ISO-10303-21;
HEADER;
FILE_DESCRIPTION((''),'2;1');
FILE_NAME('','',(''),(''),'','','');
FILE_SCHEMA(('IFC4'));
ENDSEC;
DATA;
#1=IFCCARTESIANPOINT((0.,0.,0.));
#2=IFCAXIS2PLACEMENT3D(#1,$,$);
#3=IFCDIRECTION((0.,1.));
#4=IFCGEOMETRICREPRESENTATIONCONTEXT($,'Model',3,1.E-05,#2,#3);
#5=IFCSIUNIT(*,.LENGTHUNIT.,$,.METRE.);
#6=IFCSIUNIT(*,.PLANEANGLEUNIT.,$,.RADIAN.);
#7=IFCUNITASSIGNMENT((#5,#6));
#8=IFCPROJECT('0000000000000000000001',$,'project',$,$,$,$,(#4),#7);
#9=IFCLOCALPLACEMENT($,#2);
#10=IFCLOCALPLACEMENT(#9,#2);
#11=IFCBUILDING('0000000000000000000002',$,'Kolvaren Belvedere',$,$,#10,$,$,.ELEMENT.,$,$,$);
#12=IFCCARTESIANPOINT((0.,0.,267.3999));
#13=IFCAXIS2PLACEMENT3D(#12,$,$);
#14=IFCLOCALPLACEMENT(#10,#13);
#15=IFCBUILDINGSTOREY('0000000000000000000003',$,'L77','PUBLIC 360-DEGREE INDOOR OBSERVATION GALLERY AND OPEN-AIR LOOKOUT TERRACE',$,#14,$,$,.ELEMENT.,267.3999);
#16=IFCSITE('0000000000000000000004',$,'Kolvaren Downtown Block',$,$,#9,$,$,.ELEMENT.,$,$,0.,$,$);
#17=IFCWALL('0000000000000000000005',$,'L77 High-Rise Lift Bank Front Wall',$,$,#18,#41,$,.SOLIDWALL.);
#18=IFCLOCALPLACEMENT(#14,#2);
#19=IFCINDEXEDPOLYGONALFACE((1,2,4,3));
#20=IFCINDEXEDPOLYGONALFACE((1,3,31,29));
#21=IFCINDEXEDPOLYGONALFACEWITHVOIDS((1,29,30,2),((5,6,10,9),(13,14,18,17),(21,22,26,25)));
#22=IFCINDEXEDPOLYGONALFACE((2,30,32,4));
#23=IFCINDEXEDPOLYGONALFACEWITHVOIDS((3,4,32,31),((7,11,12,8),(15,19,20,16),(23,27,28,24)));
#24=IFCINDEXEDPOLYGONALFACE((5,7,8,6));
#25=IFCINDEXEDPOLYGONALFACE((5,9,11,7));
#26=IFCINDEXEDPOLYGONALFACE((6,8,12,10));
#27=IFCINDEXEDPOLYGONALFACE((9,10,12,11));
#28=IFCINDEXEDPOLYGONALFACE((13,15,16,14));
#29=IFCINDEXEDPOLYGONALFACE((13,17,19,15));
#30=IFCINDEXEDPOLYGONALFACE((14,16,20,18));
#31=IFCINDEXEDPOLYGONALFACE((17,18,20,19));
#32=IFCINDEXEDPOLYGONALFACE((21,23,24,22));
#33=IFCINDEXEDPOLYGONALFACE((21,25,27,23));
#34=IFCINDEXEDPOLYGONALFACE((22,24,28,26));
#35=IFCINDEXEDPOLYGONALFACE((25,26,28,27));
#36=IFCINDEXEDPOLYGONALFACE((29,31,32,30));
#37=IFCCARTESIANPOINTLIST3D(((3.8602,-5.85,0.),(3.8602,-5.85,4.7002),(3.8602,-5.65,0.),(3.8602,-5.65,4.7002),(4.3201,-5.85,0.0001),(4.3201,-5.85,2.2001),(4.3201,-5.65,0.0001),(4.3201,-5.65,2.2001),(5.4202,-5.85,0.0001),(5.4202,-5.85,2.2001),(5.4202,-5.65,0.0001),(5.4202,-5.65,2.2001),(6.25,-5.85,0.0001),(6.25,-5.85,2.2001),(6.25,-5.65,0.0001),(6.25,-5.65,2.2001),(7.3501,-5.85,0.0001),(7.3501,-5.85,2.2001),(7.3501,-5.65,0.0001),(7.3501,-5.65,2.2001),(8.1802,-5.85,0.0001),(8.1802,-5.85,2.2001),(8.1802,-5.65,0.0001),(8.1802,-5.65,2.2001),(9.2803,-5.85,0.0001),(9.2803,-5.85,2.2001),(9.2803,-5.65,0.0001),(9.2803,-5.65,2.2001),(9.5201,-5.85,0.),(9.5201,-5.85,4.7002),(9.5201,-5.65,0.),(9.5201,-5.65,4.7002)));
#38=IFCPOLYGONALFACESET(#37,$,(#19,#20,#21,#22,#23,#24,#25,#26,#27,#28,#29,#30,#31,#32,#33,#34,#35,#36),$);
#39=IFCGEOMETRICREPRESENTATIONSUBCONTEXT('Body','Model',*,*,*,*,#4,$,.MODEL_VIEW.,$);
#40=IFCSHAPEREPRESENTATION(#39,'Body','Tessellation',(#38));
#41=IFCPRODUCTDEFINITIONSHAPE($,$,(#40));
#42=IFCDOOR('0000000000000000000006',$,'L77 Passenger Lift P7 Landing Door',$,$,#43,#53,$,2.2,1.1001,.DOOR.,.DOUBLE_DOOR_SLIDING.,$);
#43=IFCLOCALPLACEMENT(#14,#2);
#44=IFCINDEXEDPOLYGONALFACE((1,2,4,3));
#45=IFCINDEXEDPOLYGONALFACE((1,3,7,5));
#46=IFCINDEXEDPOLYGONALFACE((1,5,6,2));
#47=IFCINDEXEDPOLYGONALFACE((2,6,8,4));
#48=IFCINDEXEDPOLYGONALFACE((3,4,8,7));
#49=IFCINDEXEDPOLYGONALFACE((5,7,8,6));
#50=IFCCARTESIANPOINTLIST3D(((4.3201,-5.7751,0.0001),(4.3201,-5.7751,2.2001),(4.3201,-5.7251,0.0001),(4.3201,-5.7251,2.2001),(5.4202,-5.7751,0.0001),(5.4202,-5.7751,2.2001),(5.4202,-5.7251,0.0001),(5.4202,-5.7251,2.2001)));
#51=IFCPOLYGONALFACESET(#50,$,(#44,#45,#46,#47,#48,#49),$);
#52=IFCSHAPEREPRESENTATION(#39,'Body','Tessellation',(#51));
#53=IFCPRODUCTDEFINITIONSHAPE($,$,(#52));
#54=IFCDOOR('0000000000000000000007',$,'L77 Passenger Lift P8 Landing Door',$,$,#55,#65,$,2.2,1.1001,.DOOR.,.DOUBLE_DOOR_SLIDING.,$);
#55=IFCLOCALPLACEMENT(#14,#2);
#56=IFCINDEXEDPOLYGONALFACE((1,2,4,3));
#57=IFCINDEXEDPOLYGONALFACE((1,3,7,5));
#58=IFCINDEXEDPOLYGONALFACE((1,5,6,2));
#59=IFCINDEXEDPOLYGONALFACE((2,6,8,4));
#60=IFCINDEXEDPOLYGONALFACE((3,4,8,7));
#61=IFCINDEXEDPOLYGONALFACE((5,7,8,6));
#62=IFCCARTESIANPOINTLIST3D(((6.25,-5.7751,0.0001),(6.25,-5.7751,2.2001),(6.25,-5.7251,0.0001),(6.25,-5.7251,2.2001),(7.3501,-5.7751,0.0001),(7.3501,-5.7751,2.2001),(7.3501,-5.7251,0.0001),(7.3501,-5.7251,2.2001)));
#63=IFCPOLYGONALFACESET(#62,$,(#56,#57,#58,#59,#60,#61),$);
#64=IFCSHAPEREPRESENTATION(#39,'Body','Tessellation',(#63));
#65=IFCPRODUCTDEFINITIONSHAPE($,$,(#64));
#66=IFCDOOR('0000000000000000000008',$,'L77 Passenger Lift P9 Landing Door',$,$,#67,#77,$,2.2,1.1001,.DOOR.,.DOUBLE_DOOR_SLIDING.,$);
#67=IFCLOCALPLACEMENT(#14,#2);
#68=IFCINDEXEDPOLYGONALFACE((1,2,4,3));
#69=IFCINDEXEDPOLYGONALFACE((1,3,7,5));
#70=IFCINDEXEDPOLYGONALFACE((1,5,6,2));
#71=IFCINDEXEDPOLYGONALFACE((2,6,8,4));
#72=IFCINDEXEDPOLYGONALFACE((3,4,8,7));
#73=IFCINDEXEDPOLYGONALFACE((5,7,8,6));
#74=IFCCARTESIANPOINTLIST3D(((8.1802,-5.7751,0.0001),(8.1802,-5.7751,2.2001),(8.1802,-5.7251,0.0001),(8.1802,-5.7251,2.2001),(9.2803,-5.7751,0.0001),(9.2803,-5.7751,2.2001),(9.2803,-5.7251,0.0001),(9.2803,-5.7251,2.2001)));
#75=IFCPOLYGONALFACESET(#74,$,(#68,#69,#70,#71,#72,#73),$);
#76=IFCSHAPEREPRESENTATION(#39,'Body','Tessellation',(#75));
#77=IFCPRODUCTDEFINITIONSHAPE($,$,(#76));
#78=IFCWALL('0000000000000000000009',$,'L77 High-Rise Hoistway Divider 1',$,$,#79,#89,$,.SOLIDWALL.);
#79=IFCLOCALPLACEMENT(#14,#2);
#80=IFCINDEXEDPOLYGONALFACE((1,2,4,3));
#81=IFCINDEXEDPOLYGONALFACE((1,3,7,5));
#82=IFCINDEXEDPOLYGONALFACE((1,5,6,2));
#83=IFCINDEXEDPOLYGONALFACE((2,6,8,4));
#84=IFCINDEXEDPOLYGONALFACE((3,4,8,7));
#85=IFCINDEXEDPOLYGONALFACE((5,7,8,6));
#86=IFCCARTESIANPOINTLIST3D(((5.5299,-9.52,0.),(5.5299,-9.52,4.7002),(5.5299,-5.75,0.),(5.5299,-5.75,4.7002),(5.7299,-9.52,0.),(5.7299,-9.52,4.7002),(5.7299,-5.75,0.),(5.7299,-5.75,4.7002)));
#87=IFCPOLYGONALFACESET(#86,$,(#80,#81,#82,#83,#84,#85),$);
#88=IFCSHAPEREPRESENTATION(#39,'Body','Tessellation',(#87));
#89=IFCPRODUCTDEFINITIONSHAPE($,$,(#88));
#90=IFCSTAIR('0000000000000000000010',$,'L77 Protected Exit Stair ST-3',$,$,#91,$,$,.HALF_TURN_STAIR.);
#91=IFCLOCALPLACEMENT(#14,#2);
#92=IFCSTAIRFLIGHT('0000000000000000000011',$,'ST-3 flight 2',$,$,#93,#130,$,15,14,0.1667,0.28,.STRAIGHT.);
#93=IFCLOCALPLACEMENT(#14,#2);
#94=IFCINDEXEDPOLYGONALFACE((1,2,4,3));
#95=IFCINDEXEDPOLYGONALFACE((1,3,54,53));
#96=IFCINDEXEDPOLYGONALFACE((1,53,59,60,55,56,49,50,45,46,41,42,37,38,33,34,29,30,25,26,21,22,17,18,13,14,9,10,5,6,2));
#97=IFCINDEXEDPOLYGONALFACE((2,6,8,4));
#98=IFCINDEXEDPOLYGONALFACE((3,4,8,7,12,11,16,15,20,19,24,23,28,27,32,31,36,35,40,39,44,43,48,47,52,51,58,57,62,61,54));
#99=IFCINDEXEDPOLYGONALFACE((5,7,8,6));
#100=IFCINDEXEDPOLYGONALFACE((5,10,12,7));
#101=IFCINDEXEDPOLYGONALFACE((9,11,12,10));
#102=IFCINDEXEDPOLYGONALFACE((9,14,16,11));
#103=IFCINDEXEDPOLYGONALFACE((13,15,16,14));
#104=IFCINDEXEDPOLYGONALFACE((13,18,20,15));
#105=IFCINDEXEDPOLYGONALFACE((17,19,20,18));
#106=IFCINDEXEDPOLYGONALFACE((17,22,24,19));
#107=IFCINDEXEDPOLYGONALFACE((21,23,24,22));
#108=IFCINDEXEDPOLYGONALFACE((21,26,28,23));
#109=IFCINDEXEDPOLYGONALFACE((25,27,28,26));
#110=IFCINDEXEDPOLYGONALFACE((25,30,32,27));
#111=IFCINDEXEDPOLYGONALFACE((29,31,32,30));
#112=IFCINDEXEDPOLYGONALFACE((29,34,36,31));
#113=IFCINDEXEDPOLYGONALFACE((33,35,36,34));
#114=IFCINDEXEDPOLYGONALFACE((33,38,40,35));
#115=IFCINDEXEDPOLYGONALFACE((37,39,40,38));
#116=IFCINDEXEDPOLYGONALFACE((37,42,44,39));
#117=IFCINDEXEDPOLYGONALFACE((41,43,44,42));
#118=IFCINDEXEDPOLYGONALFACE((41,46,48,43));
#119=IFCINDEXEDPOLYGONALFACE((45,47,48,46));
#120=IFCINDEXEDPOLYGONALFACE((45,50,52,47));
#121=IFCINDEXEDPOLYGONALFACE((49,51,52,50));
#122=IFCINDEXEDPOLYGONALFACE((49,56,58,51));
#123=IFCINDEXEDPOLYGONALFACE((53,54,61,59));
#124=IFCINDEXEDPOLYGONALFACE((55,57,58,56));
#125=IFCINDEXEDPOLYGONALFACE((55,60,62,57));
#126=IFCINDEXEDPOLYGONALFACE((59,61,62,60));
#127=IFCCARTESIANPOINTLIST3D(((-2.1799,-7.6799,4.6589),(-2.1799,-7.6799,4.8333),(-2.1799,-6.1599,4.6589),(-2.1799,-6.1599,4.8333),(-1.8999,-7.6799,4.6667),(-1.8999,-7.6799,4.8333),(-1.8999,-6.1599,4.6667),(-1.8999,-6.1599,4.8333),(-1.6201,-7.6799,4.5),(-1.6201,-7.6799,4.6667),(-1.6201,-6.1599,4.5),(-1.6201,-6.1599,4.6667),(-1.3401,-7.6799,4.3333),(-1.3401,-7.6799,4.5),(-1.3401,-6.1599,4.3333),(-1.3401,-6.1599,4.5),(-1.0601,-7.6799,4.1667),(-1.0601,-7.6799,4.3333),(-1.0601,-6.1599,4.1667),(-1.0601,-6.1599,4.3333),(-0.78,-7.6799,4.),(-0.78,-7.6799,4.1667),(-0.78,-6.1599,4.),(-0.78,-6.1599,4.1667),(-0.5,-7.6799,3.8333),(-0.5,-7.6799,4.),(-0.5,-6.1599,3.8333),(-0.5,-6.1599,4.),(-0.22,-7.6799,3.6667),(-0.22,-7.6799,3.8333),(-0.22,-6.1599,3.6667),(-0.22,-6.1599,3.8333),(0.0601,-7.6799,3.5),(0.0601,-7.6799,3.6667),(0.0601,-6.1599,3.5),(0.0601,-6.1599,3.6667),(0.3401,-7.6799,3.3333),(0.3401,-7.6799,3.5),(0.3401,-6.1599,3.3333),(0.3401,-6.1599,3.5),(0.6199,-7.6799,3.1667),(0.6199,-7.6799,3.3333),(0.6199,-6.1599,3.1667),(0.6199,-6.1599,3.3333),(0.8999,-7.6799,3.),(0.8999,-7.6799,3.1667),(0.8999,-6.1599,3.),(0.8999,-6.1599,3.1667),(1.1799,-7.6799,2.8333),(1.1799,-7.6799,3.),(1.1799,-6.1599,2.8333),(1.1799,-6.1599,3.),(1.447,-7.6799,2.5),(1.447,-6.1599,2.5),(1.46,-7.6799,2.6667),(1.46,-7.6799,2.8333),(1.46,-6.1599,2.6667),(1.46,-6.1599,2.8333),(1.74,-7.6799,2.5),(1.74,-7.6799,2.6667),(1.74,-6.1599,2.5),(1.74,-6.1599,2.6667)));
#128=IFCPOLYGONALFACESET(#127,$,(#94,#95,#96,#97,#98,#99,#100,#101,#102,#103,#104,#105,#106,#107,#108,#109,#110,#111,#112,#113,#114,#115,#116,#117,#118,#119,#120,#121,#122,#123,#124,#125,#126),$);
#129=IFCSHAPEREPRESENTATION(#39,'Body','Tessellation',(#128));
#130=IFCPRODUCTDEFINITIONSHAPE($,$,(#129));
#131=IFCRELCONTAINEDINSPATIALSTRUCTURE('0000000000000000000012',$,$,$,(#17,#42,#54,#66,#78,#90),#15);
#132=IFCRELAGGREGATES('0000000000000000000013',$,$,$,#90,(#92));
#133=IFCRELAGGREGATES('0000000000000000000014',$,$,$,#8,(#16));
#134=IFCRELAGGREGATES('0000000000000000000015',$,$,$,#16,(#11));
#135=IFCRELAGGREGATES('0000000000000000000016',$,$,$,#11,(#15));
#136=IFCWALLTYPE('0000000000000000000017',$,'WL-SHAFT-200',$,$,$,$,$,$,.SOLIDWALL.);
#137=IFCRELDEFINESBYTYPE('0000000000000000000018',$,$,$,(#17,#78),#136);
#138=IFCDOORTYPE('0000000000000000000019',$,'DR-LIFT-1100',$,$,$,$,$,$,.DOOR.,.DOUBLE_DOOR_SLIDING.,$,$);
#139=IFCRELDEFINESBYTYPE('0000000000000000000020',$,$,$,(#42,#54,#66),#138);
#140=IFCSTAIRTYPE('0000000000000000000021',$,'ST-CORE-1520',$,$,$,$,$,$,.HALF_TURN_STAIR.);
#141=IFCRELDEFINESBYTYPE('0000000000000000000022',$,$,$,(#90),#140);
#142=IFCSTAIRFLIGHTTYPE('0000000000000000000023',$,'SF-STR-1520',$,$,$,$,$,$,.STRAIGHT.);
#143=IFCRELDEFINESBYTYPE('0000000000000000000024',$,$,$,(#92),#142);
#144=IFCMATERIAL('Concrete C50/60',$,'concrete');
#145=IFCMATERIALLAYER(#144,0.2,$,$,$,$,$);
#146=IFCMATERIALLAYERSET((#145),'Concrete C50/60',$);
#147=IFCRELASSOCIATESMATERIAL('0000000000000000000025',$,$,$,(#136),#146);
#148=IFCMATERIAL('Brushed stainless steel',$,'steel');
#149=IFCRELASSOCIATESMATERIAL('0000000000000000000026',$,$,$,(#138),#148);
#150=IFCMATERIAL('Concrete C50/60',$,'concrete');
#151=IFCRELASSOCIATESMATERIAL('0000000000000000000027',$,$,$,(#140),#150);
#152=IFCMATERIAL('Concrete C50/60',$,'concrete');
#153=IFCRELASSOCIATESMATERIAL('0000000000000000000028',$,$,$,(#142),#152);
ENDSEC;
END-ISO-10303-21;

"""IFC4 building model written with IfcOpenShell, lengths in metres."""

from ifc_helpers import new_model, si_unit, direction, frame, frame_2d, origin, place, context, subcontext, project, spatial, polyline, rectangle, outline, extrude, material, layer, layer_set, type_object, element, fill, aggregate, save


model = new_model("IFC4")

# Units and contexts
model_context = context("Model", 3, precision=1e-05, world=origin(), true_north=direction((0.0, 1.0)))
body_context = subcontext(model_context, "Body", "Model", "MODEL_VIEW")
ifc_project = project(units=[si_unit("LENGTHUNIT", "METRE"), si_unit("PLANEANGLEUNIT", "RADIAN")], contexts=[model_context])

# Site, building, storey
site_placement = place(None, origin())
site = spatial("IfcSite", under=ifc_project, at=site_placement, Name="Kolvaren Downtown Block", CompositionType="ELEMENT", RefElevation=0.0)
building_placement = place(site_placement, origin())
building = spatial("IfcBuilding", under=site, at=building_placement, Name="Kolvaren Belvedere", CompositionType="ELEMENT")
storey_placement = place(building_placement, frame((0.0, 0.0, 267.3999)))
storey = spatial("IfcBuildingStorey", under=building, at=storey_placement, Name="L77", Description="PUBLIC 360-DEGREE INDOOR OBSERVATION GALLERY AND OPEN-AIR LOOKOUT TERRACE", CompositionType="ELEMENT", Elevation=267.3999)

# Shared definitions
ifc_material_1 = material(Name="Concrete C50/60", Category="concrete")
ifc_layer_1 = layer(ifc_material_1, 0.2)
ifc_layer_set_1 = layer_set([ifc_layer_1], Name="Concrete C50/60")
wall_type_1 = type_object("IfcWallType", Name="WL-SHAFT-200", PredefinedType="SOLIDWALL", material=ifc_layer_set_1)

# Wall, openings, doors
wall_1_placement = place(storey_placement, frame((3.8601, -5.75, 0.0), z_axis=(0.0, 0.0, 1.0), x_axis=(1.0, 0.0, 0.0)))
wall_1 = element("IfcWall", 1, at=wall_1_placement, inside=storey, type_object=wall_type_1, Name="L77 High-Rise Lift Bank Front Wall", PredefinedType="SOLIDWALL", context=body_context, shape_type="SweptSolid", body=[
    extrude(rectangle(XDim=5.6599, YDim=0.2, at=frame_2d((2.8301, 0.0))), origin(), (0.0, 0.0, 1.0), 4.7002),
])
opening_1_placement = place(wall_1_placement, frame((0.46, 0.0, 0.0)))
opening_1 = element("IfcOpeningElement", 2, at=opening_1_placement, cuts=wall_1, PredefinedType="OPENING", context=body_context, shape_type="SweptSolid", body=[
    extrude(rectangle(XDim=1.1001, YDim=2.2, at=frame_2d((0.55, 1.1001))), frame((0.0, 0.1099, 0.0), z_axis=(0.0, -1.0, 0.0), x_axis=(1.0, 0.0, 0.0)), (0.0, 0.0, 1.0), 0.22),
])
opening_2_placement = place(wall_1_placement, frame((2.3899, 0.0, 0.0)))
opening_2 = element("IfcOpeningElement", 3, at=opening_2_placement, cuts=wall_1, PredefinedType="OPENING", context=body_context, shape_type="SweptSolid", body=[
    extrude(rectangle(XDim=1.1001, YDim=2.2, at=frame_2d((0.55, 1.1001))), frame((0.0, 0.1099, 0.0), z_axis=(0.0, -1.0, 0.0), x_axis=(1.0, 0.0, 0.0)), (0.0, 0.0, 1.0), 0.22),
])
opening_3_placement = place(wall_1_placement, frame((4.3201, 0.0, 0.0)))
opening_3 = element("IfcOpeningElement", 4, at=opening_3_placement, cuts=wall_1, PredefinedType="OPENING", context=body_context, shape_type="SweptSolid", body=[
    extrude(rectangle(XDim=1.1001, YDim=2.2, at=frame_2d((0.55, 1.1001))), frame((0.0, 0.1099, 0.0), z_axis=(0.0, -1.0, 0.0), x_axis=(1.0, 0.0, 0.0)), (0.0, 0.0, 1.0), 0.22),
])
ifc_material_2 = material(Name="Brushed stainless steel", Category="steel")
door_type_1 = type_object("IfcDoorType", Name="DR-LIFT-1100", OperationType="DOUBLE_DOOR_SLIDING", PredefinedType="DOOR", material=ifc_material_2)
door_1_placement = place(opening_1_placement, origin())
door_1 = element("IfcDoor", 5, at=door_1_placement, inside=storey, type_object=door_type_1, Name="L77 Passenger Lift P7 Landing Door", OperationType="DOUBLE_DOOR_SLIDING", OverallHeight=2.2, OverallWidth=1.1001, PredefinedType="DOOR", context=body_context, shape_type="SweptSolid", body=[
    extrude(rectangle(XDim=1.1001, YDim=2.2, at=frame_2d((0.55, 1.1001))), frame((0.0, 0.0249, 0.0), z_axis=(0.0, -1.0, 0.0), x_axis=(1.0, 0.0, 0.0)), (0.0, 0.0, 1.0), 0.05),
])
fill(opening_1, door_1)
door_2_placement = place(opening_2_placement, origin())
door_2 = element("IfcDoor", 6, at=door_2_placement, inside=storey, type_object=door_type_1, Name="L77 Passenger Lift P8 Landing Door", OperationType="DOUBLE_DOOR_SLIDING", OverallHeight=2.2, OverallWidth=1.1001, PredefinedType="DOOR", context=body_context, shape_type="SweptSolid", body=[
    extrude(rectangle(XDim=1.1001, YDim=2.2, at=frame_2d((0.55, 1.1001))), frame((0.0, 0.0249, 0.0), z_axis=(0.0, -1.0, 0.0), x_axis=(1.0, 0.0, 0.0)), (0.0, 0.0, 1.0), 0.05),
])
fill(opening_2, door_2)
door_3_placement = place(opening_3_placement, origin())
door_3 = element("IfcDoor", 7, at=door_3_placement, inside=storey, type_object=door_type_1, Name="L77 Passenger Lift P9 Landing Door", OperationType="DOUBLE_DOOR_SLIDING", OverallHeight=2.2, OverallWidth=1.1001, PredefinedType="DOOR", context=body_context, shape_type="SweptSolid", body=[
    extrude(rectangle(XDim=1.1001, YDim=2.2, at=frame_2d((0.55, 1.1001))), frame((0.0, 0.0249, 0.0), z_axis=(0.0, -1.0, 0.0), x_axis=(1.0, 0.0, 0.0)), (0.0, 0.0, 1.0), 0.05),
])
fill(opening_3, door_3)

# Wall
wall_2_placement = place(storey_placement, frame((5.6299, -9.52, 0.0), z_axis=(0.0, 0.0, 1.0), x_axis=(0.0, 1.0, 0.0)))
element("IfcWall", 8, at=wall_2_placement, inside=storey, type_object=wall_type_1, Name="L77 High-Rise Hoistway Divider 1", PredefinedType="SOLIDWALL", context=body_context, shape_type="SweptSolid", body=[
    extrude(rectangle(XDim=3.77, YDim=0.2, at=frame_2d((1.885, 0.0))), origin(), (0.0, 0.0, 1.0), 4.7002),
])

# Stair, stair flight
ifc_material_3 = material(Name="Concrete C50/60", Category="concrete")
stair_type = type_object("IfcStairType", Name="ST-CORE-1520", PredefinedType="HALF_TURN_STAIR", material=ifc_material_3)
stair_placement = place(storey_placement, origin())
stair = element("IfcStair", 9, at=stair_placement, inside=storey, type_object=stair_type, Name="L77 Protected Exit Stair ST-3", PredefinedType="HALF_TURN_STAIR")
ifc_material_4 = material(Name="Concrete C50/60", Category="concrete")
stair_flight_type = type_object("IfcStairFlightType", Name="SF-STR-1520", PredefinedType="STRAIGHT", material=ifc_material_4)
stair_flight_placement = place(storey_placement, frame((1.74, -6.9199, 2.5), z_axis=(0.0, 0.0, 1.0), x_axis=(-1.0, 0.0, 0.0)))
stair_flight = element("IfcStairFlight", 10, at=stair_flight_placement, type_object=stair_flight_type, Name="ST-3 flight 2", NumberOfRisers=15, NumberOfTreads=14, PredefinedType="STRAIGHT", RiserHeight=0.1667, TreadLength=0.28, context=body_context, shape_type="SweptSolid", body=[
    extrude(outline(polyline([(0.0, 0.0), (0.0, 0.1667), (0.28, 0.1667), (0.28, 0.3333), (0.5601, 0.3333), (0.5601, 0.5), (0.8401, 0.5), (0.8401, 0.6667), (1.1201, 0.6667), (1.1201, 0.8333), (1.3999, 0.8333), (1.3999, 1.0), (1.6799, 1.0), (1.6799, 1.1667), (1.96, 1.1667), (1.96, 1.3333), (2.24, 1.3333), (2.24, 1.5), (2.52, 1.5), (2.52, 1.6667), (2.8, 1.6667), (2.8, 1.8333), (3.0801, 1.8333), (3.0801, 2.0), (3.3601, 2.0), (3.3601, 2.1667), (3.6399, 2.1667), (3.6399, 2.3333), (3.9199, 2.3333), (3.9199, 2.5), (3.9199, 2.1589), (0.293, 0.0), (0.0, 0.0)])), frame((0.0, 0.76, 0.0), z_axis=(0.0, -1.0, 0.0), x_axis=(1.0, 0.0, 0.0)), (0.0, 0.0, 1.0), 1.52),
])
aggregate(stair, [stair_flight])

save(model, "model.ifc")
